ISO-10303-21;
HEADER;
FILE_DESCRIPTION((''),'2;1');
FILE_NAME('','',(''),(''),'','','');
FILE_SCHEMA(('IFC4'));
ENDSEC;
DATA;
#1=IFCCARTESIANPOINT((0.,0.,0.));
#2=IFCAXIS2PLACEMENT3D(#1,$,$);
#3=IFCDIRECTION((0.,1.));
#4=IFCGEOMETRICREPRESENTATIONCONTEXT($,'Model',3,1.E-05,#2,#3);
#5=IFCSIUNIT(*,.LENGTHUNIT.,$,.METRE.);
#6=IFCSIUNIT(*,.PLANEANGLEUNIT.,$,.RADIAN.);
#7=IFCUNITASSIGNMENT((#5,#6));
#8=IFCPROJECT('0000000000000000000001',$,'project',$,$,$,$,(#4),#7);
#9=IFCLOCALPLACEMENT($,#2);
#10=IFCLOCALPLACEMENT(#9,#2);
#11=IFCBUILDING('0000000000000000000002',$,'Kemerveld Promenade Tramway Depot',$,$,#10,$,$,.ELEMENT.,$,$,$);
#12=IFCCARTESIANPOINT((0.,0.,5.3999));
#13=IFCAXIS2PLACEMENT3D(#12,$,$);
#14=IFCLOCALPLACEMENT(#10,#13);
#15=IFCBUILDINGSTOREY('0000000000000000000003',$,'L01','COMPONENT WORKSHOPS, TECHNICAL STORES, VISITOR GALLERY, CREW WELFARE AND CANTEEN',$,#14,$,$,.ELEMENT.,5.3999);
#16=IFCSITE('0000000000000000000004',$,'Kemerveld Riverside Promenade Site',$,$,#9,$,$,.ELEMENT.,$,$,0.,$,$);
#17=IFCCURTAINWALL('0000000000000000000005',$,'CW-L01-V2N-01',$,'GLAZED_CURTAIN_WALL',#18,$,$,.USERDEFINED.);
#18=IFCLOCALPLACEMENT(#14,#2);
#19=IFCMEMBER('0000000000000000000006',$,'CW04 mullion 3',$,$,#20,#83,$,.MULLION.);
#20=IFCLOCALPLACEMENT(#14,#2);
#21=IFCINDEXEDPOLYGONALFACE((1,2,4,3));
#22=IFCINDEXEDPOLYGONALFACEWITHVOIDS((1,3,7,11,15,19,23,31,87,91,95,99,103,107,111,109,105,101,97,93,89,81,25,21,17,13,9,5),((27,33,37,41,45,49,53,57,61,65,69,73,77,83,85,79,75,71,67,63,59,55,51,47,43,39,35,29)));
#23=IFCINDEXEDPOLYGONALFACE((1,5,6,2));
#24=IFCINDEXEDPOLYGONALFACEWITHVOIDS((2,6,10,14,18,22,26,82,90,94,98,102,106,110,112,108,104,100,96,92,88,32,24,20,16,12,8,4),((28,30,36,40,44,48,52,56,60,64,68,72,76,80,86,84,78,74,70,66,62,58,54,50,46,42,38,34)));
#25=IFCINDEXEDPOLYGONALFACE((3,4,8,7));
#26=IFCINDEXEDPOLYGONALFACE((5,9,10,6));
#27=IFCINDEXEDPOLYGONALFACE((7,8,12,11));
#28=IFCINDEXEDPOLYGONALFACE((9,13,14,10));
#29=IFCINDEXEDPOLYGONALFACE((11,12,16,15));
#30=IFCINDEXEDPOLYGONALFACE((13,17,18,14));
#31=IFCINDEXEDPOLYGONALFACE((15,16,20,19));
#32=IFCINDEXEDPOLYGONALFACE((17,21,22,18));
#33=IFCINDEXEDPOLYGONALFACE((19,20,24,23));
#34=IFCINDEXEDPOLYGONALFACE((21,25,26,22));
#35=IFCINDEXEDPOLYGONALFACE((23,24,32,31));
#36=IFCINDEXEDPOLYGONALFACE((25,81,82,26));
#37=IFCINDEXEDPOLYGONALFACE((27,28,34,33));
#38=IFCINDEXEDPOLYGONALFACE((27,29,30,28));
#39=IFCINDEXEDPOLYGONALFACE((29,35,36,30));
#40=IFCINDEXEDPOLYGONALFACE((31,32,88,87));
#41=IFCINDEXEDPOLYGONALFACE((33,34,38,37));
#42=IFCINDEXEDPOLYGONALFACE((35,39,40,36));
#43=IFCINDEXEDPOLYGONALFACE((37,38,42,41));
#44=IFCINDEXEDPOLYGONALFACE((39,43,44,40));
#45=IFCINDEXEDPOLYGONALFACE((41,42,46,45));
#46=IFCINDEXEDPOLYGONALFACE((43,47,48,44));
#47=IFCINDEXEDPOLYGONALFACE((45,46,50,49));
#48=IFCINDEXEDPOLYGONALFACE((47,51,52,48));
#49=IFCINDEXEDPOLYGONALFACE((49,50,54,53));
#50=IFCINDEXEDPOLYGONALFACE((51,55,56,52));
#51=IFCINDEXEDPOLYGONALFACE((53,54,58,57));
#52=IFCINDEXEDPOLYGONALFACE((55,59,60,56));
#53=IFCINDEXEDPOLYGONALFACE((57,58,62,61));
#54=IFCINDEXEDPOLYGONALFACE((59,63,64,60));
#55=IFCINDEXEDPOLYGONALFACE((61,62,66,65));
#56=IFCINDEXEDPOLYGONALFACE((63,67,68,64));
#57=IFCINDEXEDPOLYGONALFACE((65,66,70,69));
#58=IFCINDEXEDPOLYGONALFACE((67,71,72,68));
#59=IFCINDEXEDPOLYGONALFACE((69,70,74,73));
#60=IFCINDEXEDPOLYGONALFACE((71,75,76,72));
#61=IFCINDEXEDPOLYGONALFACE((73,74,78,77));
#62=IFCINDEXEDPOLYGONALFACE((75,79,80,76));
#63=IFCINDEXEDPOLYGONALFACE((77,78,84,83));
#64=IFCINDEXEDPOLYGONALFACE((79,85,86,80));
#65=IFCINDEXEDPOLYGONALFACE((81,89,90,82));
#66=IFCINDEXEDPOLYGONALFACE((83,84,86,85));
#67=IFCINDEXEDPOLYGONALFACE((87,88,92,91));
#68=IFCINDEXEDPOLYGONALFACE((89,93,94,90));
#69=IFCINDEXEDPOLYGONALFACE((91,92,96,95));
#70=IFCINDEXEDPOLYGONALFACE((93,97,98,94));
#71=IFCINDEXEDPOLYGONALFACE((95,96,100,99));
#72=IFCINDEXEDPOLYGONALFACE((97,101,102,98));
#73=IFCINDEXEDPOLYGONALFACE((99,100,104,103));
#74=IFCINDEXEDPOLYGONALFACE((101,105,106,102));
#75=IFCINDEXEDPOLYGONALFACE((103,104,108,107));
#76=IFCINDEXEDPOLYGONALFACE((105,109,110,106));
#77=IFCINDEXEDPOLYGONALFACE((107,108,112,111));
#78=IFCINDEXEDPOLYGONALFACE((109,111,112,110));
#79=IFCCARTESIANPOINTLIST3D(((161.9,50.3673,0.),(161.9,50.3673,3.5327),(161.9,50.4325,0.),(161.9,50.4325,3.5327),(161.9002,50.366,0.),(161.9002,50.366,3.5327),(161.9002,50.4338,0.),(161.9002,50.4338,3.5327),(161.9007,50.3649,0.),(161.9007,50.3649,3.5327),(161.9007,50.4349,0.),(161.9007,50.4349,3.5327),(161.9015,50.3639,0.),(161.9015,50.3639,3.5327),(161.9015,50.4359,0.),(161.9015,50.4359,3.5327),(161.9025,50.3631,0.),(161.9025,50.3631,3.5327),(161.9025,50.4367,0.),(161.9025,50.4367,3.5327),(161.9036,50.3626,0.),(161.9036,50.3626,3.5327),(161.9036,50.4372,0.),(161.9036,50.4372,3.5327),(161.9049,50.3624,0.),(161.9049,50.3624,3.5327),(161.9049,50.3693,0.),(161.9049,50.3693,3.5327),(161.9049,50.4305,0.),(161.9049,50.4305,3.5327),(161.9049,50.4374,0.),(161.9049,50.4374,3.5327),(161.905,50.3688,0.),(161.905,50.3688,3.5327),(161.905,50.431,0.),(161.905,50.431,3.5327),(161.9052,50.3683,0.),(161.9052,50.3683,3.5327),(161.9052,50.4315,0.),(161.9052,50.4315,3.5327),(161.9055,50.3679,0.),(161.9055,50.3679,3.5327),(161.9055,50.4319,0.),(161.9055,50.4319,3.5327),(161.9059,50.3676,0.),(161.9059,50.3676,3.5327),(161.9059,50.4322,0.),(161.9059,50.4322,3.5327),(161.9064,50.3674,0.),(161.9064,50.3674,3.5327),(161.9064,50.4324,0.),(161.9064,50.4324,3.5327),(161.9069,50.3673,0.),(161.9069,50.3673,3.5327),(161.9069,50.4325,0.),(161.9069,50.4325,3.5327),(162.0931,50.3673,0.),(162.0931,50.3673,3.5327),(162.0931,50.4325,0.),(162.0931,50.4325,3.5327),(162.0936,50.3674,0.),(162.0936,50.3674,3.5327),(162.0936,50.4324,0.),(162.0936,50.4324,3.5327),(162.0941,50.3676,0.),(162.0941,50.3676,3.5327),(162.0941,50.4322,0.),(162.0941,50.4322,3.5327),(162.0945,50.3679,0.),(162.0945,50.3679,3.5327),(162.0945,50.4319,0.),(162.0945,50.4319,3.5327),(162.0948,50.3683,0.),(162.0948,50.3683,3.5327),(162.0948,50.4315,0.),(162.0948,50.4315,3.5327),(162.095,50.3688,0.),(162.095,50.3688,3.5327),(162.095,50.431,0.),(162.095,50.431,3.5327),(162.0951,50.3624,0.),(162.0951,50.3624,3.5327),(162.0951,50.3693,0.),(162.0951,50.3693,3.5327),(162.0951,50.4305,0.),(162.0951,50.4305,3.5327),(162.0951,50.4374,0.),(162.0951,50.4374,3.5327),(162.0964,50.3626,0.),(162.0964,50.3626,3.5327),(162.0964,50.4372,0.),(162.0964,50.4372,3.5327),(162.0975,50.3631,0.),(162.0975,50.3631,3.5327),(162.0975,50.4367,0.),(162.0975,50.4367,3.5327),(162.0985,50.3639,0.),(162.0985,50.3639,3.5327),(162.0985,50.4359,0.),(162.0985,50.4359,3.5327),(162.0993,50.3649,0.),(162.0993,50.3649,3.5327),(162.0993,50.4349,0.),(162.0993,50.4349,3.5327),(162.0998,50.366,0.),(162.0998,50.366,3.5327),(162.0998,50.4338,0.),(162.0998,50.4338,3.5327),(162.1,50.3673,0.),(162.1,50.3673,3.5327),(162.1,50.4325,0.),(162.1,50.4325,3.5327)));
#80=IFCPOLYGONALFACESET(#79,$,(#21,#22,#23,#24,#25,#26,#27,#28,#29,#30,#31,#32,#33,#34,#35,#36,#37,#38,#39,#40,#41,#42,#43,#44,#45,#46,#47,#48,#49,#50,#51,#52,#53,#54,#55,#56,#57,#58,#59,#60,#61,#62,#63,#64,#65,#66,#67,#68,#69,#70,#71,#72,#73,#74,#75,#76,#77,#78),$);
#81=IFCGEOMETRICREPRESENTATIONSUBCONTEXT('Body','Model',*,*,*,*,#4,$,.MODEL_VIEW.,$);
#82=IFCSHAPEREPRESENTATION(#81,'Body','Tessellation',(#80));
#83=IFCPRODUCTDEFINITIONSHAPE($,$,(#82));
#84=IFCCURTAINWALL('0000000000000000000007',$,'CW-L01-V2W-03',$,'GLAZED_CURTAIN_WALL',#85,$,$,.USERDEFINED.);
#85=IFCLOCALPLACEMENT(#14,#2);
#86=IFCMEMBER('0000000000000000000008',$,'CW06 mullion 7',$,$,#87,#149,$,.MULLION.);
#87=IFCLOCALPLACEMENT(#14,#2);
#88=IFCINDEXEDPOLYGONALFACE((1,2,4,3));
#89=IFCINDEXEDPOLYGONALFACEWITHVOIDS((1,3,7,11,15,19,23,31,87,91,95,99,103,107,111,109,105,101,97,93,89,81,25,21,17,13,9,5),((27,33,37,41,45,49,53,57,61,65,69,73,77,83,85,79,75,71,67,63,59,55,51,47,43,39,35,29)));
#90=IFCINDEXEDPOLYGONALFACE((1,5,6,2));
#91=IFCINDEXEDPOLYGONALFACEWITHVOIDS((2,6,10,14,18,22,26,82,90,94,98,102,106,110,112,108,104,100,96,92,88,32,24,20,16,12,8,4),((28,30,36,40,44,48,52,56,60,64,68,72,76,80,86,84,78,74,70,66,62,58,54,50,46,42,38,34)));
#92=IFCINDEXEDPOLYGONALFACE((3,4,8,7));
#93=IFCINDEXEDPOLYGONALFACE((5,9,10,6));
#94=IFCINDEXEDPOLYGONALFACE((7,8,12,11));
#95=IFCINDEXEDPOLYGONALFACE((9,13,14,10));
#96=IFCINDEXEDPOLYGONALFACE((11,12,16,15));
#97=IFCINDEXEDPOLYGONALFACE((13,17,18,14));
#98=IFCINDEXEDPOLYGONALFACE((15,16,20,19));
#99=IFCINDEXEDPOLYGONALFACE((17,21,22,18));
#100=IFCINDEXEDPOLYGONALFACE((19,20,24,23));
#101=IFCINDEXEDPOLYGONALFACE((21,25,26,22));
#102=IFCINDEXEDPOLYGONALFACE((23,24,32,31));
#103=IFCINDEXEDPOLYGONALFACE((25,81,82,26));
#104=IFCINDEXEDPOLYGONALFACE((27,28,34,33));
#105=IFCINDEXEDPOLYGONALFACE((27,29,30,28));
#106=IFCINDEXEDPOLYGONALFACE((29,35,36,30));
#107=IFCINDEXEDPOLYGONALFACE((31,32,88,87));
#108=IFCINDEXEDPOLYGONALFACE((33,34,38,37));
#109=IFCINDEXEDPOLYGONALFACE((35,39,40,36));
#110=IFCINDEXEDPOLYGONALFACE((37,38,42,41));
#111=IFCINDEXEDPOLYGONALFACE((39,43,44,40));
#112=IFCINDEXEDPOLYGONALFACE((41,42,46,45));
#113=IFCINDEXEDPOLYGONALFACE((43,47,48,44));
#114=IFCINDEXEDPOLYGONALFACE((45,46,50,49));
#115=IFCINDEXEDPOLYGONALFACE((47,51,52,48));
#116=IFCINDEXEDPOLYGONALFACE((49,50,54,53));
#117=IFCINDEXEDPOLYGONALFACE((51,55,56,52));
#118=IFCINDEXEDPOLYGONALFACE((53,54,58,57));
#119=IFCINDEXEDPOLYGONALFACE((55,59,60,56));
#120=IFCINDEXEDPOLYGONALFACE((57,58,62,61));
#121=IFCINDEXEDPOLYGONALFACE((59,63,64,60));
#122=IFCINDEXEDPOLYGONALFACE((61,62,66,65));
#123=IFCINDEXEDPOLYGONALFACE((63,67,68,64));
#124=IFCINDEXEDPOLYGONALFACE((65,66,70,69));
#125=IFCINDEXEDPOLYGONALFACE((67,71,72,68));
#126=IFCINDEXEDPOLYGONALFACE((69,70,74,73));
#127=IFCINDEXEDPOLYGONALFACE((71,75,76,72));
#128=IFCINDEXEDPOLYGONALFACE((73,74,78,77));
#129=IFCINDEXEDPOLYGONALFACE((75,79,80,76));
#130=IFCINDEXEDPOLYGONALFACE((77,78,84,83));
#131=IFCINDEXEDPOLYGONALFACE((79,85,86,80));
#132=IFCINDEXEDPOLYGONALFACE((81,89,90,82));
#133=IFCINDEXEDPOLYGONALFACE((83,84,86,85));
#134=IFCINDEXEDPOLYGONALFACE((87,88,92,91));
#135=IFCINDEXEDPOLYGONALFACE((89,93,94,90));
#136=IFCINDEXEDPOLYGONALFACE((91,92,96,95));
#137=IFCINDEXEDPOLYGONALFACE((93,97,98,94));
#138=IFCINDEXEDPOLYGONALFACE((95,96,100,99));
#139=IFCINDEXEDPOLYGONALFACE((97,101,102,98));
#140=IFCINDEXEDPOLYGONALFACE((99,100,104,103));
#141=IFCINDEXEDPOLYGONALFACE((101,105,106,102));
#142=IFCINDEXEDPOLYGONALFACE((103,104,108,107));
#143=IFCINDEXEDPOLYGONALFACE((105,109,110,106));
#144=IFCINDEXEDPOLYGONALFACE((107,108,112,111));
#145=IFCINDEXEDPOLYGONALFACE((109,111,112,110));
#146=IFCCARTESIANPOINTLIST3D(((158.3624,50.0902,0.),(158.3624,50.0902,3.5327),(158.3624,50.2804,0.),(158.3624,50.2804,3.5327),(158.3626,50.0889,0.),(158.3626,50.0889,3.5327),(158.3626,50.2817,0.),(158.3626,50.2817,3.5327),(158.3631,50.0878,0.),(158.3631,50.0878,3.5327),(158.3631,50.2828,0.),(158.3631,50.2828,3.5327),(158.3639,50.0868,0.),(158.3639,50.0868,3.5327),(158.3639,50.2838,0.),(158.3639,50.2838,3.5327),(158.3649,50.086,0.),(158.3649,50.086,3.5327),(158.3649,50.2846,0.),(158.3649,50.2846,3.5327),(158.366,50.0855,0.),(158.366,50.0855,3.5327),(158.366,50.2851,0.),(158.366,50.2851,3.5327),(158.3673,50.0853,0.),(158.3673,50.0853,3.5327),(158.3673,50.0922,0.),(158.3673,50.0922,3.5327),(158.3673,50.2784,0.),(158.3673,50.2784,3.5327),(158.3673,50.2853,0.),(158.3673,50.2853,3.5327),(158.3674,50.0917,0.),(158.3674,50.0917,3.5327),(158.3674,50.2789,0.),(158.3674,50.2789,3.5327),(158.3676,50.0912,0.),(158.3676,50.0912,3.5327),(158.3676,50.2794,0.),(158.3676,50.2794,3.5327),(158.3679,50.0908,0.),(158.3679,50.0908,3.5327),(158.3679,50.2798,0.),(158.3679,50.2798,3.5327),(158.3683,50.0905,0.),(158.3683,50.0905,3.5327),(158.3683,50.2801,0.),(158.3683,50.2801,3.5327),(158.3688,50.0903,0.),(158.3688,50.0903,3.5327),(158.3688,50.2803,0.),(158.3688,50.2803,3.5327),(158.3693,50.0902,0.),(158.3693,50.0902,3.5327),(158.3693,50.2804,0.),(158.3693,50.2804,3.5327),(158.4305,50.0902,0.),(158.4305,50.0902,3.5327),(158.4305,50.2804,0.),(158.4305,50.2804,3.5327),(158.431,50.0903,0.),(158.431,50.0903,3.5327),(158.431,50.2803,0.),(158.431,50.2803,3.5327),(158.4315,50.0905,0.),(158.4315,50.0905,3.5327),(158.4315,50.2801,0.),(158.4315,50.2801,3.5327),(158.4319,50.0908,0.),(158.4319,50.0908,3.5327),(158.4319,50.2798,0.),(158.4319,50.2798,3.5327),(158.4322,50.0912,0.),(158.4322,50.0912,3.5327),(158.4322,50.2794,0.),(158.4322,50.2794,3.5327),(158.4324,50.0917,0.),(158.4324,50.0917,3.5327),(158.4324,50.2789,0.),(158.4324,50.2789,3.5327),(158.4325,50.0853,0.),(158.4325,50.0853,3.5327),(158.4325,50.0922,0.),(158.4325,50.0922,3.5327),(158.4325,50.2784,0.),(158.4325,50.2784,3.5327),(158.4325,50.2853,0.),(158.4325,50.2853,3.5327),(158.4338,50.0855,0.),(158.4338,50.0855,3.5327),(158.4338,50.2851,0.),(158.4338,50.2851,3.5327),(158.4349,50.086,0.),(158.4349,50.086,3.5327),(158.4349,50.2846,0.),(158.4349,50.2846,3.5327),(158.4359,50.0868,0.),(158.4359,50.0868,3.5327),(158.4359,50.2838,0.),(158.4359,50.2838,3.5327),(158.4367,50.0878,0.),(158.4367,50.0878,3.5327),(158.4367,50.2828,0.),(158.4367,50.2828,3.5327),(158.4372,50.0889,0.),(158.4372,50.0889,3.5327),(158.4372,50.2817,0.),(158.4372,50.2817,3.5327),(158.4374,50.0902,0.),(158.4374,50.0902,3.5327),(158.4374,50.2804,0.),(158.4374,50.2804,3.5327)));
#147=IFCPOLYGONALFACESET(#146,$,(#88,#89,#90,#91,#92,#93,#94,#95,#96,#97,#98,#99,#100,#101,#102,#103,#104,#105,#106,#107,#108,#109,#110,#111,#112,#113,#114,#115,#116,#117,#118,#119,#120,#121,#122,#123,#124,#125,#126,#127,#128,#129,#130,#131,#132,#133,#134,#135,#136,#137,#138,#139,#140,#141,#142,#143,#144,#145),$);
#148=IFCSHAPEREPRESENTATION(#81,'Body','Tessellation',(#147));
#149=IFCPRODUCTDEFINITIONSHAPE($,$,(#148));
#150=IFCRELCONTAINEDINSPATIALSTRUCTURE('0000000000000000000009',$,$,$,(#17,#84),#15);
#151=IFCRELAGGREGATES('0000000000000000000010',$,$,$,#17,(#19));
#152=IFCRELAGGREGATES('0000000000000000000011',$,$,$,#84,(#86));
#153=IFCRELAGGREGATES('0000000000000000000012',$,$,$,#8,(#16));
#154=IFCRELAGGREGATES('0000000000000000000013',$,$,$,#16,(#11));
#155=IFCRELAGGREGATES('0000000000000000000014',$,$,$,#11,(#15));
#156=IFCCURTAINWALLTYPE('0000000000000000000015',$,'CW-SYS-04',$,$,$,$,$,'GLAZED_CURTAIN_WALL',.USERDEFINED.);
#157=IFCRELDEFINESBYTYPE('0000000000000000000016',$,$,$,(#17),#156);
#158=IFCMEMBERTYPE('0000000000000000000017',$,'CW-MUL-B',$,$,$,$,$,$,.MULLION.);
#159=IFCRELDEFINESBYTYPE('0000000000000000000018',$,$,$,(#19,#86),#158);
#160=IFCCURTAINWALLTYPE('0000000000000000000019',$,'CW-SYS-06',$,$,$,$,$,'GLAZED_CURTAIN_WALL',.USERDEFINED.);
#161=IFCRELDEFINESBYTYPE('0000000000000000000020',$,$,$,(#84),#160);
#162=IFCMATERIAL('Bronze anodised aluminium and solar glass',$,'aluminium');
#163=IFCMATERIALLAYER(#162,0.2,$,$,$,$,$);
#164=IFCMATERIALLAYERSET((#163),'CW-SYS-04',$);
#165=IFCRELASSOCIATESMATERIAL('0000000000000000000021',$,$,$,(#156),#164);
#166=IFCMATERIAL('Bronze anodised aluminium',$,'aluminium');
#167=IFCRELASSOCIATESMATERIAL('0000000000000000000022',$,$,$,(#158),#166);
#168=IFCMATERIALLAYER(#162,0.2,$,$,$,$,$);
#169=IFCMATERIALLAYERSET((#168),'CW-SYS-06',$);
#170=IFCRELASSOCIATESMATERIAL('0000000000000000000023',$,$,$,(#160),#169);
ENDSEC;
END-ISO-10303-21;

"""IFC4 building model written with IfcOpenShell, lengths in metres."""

from ifc_helpers import new_model, si_unit, direction, frame, origin, origin_2d, place, context, subcontext, project, spatial, hollow_rectangle, extrude, material, layer, layer_set, material_profile, profile_set, type_object, element, aggregate, save


model = new_model("IFC4")

# Units and contexts
model_context = context("Model", 3, precision=1e-05, world=origin(), true_north=direction((0.0, 1.0)))
body_context = subcontext(model_context, "Body", "Model", "MODEL_VIEW")
ifc_project = project(units=[si_unit("LENGTHUNIT", "METRE"), si_unit("PLANEANGLEUNIT", "RADIAN")], contexts=[model_context])

# Site, building, storey
site_placement = place(None, origin())
site = spatial("IfcSite", under=ifc_project, at=site_placement, Name="Kemerveld Riverside Promenade Site", CompositionType="ELEMENT", RefElevation=0.0)
building_placement = place(site_placement, origin())
building = spatial("IfcBuilding", under=site, at=building_placement, Name="Kemerveld Promenade Tramway Depot", CompositionType="ELEMENT")
storey_placement = place(building_placement, frame((0.0, 0.0, 5.3999)))
storey = spatial("IfcBuildingStorey", under=building, at=storey_placement, Name="L01", Description="COMPONENT WORKSHOPS, TECHNICAL STORES, VISITOR GALLERY, CREW WELFARE AND CANTEEN", CompositionType="ELEMENT", Elevation=5.3999)

# Curtain wall, member
ifc_material_1 = material(Name="Bronze anodised aluminium and solar glass", Category="aluminium")
ifc_layer_1 = layer(ifc_material_1, 0.2)
ifc_layer_set_1 = layer_set([ifc_layer_1], Name="CW-SYS-04")
curtain_wall_type_1 = type_object("IfcCurtainWallType", Name="CW-SYS-04", ElementType="GLAZED_CURTAIN_WALL", PredefinedType="USERDEFINED", material=ifc_layer_set_1)
curtain_wall_1_placement = place(storey_placement, origin())
curtain_wall_1 = element("IfcCurtainWall", 1, at=curtain_wall_1_placement, inside=storey, type_object=curtain_wall_type_1, Name="CW-L01-V2N-01", ObjectType="GLAZED_CURTAIN_WALL", PredefinedType="USERDEFINED")
ifc_material_2 = material(Name="Bronze anodised aluminium", Category="aluminium")
ifc_material_profile_1 = material_profile(ifc_material_2, hollow_rectangle(XDim=0.075, YDim=0.2, WallThickness=0.0049, InnerFilletRadius=0.002, OuterFilletRadius=0.0049, at=origin_2d()), Name="CW-MUL-200x75")
ifc_profile_set_1 = profile_set([ifc_material_profile_1], Name="Bronze anodised aluminium")
member_type_1 = type_object("IfcMemberType", Name="CW-MUL-B", PredefinedType="MULLION", material=ifc_profile_set_1)
member_1_placement = place(storey_placement, frame((162.0, 50.3999, 0.0), z_axis=(0.0, 0.0, 1.0), x_axis=(0.0, 1.0, 0.0)))
member_1 = element("IfcMember", 2, at=member_1_placement, type_object=member_type_1, Name="CW04 mullion 3", PredefinedType="MULLION", context=body_context, shape_type="SweptSolid", body=[
    extrude(hollow_rectangle(XDim=0.075, YDim=0.2, WallThickness=0.0049, InnerFilletRadius=0.002, OuterFilletRadius=0.0049, at=origin_2d()), origin(), (0.0, 0.0, 1.0), 3.5327),
])

# Curtain wall, member
ifc_layer_2 = layer(ifc_material_1, 0.2)
ifc_layer_set_2 = layer_set([ifc_layer_2], Name="CW-SYS-06")
curtain_wall_type_2 = type_object("IfcCurtainWallType", Name="CW-SYS-06", ElementType="GLAZED_CURTAIN_WALL", PredefinedType="USERDEFINED", material=ifc_layer_set_2)
curtain_wall_2_placement = place(storey_placement, origin())
curtain_wall_2 = element("IfcCurtainWall", 3, at=curtain_wall_2_placement, inside=storey, type_object=curtain_wall_type_2, Name="CW-L01-V2W-03", ObjectType="GLAZED_CURTAIN_WALL", PredefinedType="USERDEFINED")
member_2_placement = place(storey_placement, frame((158.3999, 50.1853, 0.0), z_axis=(0.0, 0.0, 1.0), x_axis=(-1.0, 0.0, 0.0)))
member_2 = element("IfcMember", 4, at=member_2_placement, type_object=member_type_1, Name="CW06 mullion 7", PredefinedType="MULLION", context=body_context, shape_type="SweptSolid", body=[
    extrude(hollow_rectangle(XDim=0.075, YDim=0.2, WallThickness=0.0049, InnerFilletRadius=0.002, OuterFilletRadius=0.0049, at=origin_2d()), origin(), (0.0, 0.0, 1.0), 3.5327),
])

aggregate(curtain_wall_1, [member_1])
aggregate(curtain_wall_2, [member_2])

save(model, "model.ifc")
